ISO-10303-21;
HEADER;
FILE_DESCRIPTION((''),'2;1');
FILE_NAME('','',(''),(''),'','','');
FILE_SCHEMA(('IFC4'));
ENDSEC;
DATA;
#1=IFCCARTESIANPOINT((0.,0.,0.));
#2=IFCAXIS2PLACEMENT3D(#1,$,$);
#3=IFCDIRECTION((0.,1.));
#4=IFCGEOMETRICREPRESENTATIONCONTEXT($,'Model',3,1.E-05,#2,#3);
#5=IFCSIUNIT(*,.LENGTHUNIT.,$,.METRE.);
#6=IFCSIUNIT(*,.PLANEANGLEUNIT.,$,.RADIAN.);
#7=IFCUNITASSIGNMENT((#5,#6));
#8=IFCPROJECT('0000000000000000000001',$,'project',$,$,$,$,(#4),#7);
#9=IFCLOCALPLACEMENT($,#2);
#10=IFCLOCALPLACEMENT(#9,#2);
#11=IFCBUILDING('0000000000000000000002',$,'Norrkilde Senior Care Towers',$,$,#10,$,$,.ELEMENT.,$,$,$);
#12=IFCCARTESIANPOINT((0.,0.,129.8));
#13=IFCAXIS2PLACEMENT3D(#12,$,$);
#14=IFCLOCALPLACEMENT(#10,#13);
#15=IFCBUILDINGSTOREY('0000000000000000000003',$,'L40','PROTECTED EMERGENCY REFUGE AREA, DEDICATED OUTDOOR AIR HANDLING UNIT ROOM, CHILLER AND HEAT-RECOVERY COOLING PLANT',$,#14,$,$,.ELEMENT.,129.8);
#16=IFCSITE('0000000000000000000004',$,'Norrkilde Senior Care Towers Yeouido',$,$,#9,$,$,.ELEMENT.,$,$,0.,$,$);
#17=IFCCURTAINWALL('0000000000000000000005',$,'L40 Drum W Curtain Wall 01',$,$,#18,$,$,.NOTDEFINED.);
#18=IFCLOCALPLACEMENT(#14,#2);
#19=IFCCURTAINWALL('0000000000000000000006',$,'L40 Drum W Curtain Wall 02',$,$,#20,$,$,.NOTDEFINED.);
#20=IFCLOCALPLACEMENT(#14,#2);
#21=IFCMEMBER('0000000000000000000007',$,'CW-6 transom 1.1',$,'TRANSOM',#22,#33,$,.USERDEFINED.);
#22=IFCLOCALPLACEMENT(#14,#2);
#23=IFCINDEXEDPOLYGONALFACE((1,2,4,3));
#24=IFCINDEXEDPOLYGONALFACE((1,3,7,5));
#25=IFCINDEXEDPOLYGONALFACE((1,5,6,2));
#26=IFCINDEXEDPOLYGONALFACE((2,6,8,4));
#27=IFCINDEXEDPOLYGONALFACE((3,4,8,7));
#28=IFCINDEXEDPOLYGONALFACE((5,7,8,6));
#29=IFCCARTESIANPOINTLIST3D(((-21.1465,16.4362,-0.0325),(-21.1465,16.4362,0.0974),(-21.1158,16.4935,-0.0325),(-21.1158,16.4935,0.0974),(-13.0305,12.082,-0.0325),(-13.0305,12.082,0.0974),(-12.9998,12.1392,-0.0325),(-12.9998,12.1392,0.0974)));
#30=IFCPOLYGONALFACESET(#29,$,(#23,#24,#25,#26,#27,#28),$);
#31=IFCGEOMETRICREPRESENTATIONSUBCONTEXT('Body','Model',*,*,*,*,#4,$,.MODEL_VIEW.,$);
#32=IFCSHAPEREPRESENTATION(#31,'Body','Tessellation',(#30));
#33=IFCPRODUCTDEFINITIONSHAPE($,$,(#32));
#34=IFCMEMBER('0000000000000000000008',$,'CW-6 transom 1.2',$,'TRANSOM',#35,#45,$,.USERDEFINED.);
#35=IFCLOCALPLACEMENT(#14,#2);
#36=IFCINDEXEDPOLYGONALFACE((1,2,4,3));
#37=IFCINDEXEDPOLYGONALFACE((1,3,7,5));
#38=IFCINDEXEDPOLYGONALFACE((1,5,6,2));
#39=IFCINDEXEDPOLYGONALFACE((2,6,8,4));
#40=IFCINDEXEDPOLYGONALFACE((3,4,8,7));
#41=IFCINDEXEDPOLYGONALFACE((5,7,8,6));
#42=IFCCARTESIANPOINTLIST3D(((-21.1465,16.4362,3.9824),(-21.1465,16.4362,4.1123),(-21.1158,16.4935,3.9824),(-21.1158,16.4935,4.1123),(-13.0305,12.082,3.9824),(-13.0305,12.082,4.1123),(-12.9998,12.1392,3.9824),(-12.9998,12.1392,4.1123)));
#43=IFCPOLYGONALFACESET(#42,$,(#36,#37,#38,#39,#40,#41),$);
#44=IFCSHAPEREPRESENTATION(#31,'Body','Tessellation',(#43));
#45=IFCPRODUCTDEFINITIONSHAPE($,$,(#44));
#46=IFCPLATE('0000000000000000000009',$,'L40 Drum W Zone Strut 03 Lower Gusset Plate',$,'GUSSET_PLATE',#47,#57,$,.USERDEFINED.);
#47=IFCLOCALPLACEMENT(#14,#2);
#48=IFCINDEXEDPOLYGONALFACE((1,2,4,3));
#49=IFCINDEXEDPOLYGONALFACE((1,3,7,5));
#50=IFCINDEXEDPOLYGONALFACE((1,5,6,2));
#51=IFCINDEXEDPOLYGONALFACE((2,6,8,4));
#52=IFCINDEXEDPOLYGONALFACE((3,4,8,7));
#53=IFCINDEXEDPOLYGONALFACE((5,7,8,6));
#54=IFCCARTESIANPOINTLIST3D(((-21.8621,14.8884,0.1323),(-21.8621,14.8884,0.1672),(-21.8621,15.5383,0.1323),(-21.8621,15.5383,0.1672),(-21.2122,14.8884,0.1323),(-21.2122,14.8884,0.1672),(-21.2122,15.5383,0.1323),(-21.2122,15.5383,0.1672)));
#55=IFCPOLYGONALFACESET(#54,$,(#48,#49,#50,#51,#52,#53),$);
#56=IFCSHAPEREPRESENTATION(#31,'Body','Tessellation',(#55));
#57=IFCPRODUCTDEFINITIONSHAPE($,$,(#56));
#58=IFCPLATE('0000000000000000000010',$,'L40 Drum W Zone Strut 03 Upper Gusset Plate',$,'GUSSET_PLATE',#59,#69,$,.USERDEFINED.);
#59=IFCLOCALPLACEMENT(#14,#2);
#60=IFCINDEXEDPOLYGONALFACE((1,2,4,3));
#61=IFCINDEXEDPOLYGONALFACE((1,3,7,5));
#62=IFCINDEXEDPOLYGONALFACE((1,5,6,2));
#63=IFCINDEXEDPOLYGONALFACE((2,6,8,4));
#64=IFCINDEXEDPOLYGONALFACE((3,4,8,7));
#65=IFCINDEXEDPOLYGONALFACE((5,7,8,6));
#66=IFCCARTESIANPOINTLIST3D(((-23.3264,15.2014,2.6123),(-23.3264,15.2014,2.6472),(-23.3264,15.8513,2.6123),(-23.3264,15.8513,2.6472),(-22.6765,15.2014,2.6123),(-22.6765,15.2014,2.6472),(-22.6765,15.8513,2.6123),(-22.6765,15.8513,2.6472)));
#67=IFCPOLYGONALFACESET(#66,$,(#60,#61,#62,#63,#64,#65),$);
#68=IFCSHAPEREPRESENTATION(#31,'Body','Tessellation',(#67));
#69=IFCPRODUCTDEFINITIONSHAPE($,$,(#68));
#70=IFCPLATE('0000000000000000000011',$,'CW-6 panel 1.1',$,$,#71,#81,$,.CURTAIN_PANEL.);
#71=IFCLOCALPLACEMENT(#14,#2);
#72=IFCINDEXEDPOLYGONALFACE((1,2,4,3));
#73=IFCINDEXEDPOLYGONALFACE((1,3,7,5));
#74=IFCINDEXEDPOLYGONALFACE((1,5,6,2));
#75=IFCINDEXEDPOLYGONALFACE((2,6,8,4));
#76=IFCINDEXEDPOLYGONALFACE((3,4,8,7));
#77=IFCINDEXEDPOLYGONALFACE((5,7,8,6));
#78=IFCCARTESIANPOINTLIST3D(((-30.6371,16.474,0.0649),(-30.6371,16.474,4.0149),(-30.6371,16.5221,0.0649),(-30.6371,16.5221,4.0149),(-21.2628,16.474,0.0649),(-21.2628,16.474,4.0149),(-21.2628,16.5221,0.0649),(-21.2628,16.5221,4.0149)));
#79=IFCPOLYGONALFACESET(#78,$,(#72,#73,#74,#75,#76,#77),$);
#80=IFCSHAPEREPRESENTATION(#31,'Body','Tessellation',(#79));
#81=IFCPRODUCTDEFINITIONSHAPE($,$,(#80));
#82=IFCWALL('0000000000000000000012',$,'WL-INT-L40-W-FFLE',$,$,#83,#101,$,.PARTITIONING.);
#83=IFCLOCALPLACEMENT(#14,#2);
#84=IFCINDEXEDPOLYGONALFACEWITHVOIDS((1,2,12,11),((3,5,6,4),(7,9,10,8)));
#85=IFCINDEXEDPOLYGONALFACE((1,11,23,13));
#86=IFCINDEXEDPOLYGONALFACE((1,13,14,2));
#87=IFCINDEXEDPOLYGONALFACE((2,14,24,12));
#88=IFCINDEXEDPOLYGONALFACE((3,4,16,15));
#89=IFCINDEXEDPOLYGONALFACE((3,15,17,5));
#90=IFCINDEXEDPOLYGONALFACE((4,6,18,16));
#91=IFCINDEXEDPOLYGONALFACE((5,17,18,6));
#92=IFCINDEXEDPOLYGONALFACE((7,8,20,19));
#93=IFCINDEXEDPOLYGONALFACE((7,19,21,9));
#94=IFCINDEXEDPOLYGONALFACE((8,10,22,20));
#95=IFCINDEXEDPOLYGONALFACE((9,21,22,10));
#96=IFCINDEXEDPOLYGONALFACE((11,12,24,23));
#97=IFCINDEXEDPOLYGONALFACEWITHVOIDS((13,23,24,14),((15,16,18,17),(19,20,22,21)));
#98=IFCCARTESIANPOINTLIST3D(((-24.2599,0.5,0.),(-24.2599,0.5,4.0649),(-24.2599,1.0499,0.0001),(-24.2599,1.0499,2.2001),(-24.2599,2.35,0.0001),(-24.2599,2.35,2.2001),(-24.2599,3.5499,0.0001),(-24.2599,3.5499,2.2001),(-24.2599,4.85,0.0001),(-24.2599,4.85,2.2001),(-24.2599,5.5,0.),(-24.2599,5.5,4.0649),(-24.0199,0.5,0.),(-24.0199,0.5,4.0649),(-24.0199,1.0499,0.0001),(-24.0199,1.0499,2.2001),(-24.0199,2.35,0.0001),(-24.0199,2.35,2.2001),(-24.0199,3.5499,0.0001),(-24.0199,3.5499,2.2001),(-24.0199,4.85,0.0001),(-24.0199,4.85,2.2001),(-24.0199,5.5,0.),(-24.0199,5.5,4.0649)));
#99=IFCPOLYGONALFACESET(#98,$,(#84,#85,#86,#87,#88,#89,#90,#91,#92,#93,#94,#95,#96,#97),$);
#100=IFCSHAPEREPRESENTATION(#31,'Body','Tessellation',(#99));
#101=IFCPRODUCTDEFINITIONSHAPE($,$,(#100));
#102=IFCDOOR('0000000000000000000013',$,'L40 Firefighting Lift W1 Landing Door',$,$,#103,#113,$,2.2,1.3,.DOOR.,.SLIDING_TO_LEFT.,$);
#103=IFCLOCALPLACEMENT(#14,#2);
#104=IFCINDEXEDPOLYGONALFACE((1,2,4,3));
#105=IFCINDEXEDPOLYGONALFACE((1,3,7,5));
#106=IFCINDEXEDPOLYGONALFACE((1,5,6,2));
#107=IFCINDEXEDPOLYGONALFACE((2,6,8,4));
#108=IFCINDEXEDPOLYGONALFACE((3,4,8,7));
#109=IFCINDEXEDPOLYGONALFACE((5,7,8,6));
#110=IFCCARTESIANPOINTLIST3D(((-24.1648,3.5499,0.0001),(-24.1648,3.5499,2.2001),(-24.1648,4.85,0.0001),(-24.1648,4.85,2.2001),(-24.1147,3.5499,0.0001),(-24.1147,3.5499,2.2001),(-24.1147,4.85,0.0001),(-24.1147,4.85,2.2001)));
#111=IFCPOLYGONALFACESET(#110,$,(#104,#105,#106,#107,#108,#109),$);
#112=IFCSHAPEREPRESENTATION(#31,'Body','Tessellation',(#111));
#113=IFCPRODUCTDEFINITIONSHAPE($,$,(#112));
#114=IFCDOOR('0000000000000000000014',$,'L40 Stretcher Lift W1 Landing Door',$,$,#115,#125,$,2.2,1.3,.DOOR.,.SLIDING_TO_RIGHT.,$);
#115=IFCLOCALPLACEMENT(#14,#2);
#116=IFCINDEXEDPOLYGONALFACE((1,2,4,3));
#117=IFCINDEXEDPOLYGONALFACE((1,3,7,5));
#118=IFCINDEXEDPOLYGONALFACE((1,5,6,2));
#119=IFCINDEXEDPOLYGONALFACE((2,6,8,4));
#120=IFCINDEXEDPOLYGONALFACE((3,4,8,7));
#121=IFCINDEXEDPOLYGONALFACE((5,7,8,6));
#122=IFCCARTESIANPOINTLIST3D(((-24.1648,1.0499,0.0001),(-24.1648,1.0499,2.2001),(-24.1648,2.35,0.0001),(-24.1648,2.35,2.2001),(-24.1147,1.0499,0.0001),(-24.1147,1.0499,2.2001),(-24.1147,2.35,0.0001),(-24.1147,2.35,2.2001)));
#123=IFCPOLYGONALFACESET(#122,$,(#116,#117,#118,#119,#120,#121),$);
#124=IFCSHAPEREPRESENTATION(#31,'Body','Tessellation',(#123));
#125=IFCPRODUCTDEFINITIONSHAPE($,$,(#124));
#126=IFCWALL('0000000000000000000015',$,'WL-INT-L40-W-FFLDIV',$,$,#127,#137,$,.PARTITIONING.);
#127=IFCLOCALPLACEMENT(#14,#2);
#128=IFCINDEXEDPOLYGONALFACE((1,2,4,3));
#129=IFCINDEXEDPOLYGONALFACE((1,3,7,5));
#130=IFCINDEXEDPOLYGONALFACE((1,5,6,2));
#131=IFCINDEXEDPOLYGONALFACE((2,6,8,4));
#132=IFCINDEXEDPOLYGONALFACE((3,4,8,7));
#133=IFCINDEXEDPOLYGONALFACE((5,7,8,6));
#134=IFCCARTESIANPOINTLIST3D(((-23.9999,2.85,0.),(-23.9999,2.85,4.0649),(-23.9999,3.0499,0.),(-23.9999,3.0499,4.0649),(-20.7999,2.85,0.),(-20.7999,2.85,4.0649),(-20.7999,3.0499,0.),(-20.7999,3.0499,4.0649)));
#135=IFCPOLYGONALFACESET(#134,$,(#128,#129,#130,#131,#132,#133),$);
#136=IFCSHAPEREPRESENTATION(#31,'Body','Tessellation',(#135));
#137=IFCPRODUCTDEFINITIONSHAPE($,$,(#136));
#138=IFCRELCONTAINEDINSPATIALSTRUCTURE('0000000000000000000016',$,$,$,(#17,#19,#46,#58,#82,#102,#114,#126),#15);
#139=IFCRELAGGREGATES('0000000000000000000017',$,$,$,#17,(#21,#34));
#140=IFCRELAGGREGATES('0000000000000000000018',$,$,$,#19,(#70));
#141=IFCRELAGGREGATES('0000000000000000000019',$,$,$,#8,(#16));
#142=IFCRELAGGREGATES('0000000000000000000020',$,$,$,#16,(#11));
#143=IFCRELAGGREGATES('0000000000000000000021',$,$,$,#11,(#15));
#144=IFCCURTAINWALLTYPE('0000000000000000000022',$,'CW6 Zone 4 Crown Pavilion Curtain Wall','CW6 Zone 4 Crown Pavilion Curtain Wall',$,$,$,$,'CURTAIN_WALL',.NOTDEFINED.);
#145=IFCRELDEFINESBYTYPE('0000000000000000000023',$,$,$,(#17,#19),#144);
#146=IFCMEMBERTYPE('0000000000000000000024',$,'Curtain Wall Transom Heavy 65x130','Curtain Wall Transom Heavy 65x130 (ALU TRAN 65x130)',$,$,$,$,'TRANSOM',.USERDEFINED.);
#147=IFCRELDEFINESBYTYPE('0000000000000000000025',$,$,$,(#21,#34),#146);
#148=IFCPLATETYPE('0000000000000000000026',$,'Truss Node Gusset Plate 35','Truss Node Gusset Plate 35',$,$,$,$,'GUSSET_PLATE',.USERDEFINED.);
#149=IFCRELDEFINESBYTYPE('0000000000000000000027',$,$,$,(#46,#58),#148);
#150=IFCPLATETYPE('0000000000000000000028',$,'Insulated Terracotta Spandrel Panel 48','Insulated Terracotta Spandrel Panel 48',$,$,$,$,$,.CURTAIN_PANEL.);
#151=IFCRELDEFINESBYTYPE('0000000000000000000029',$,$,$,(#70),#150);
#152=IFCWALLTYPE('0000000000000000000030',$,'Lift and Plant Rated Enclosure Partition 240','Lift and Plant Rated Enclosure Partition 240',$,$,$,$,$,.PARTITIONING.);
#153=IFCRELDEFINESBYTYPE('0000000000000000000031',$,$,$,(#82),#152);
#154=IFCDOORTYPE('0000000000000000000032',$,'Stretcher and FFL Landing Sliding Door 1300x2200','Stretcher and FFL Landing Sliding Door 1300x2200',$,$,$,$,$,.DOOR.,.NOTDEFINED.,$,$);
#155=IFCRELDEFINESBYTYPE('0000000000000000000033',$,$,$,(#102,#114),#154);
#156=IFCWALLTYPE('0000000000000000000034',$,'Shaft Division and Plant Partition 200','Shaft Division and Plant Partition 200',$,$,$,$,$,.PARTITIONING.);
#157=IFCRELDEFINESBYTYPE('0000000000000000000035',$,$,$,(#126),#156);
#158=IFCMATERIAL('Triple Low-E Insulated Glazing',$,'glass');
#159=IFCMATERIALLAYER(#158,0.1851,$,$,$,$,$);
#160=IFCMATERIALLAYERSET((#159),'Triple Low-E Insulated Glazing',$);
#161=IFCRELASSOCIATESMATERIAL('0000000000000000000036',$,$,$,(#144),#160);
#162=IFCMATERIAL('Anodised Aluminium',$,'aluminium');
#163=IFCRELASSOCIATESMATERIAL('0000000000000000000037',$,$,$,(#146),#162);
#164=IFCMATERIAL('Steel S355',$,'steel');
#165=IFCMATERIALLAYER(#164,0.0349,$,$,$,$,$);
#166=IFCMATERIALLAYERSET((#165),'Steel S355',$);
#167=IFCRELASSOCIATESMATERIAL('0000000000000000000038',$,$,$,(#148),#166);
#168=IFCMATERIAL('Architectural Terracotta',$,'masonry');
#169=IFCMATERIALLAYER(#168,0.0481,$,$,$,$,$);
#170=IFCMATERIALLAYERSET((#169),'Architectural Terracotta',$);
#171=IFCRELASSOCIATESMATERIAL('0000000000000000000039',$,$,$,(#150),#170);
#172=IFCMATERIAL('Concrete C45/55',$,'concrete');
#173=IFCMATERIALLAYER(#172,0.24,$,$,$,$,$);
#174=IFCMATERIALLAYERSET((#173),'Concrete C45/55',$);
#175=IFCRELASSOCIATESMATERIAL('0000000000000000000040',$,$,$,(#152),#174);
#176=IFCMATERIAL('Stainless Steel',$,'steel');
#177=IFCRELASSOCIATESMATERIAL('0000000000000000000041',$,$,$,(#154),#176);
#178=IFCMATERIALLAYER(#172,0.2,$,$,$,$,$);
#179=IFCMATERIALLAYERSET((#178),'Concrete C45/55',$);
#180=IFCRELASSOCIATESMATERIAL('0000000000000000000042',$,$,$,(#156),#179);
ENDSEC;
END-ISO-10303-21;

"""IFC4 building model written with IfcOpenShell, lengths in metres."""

from ifc_helpers import new_model, si_unit, direction, frame, frame_2d, origin, origin_2d, place, context, subcontext, project, spatial, rectangle, extrude, source, transform, mapped, material, layer, layer_set, material_profile, profile_set, type_object, type_shapes, element, fill, aggregate, save


model = new_model("IFC4")

# Units and contexts
model_context = context("Model", 3, precision=1e-05, world=origin(), true_north=direction((0.0, 1.0)))
body_context = subcontext(model_context, "Body", "Model", "MODEL_VIEW")
ifc_project = project(units=[si_unit("LENGTHUNIT", "METRE"), si_unit("PLANEANGLEUNIT", "RADIAN")], contexts=[model_context])

# Site, building, storey
site_placement = place(None, origin())
site = spatial("IfcSite", under=ifc_project, at=site_placement, Name="Norrkilde Senior Care Towers Yeouido", CompositionType="ELEMENT", RefElevation=0.0)
building_placement = place(site_placement, origin())
building = spatial("IfcBuilding", under=site, at=building_placement, Name="Norrkilde Senior Care Towers", CompositionType="ELEMENT")
storey_placement = place(building_placement, frame((0.0, 0.0, 129.8)))
storey = spatial("IfcBuildingStorey", under=building, at=storey_placement, Name="L40", Description="PROTECTED EMERGENCY REFUGE AREA, DEDICATED OUTDOOR AIR HANDLING UNIT ROOM, CHILLER AND HEAT-RECOVERY COOLING PLANT", CompositionType="ELEMENT", Elevation=129.8)

# Shared definitions
ifc_material_1 = material(Name="Steel S355", Category="steel")

# Curtain walls
ifc_material_2 = material(Name="Triple Low-E Insulated Glazing", Category="glass")
ifc_layer_1 = layer(ifc_material_2, 0.1851)
ifc_layer_set_1 = layer_set([ifc_layer_1], Name="Triple Low-E Insulated Glazing")
curtain_wall_type = type_object("IfcCurtainWallType", Name="CW6 Zone 4 Crown Pavilion Curtain Wall", Description="CW6 Zone 4 Crown Pavilion Curtain Wall", ElementType="CURTAIN_WALL", PredefinedType="NOTDEFINED", material=ifc_layer_set_1)
curtain_wall_1_placement = place(storey_placement, origin())
curtain_wall_1 = element("IfcCurtainWall", 1, at=curtain_wall_1_placement, inside=storey, type_object=curtain_wall_type, Name="L40 Drum W Curtain Wall 01", PredefinedType="NOTDEFINED")
ifc_material_3 = material(Name="Anodised Aluminium", Category="aluminium")
curtain_wall_2_placement = place(storey_placement, origin())
curtain_wall_2 = element("IfcCurtainWall", 2, at=curtain_wall_2_placement, inside=storey, type_object=curtain_wall_type, Name="L40 Drum W Curtain Wall 02", PredefinedType="NOTDEFINED")

# Members
ifc_material_profile_1 = material_profile(ifc_material_3, rectangle(XDim=0.0649, YDim=0.1299, at=origin_2d()), Name="ALU TRAN 65x130")
ifc_profile_set_1 = profile_set([ifc_material_profile_1], Name="Anodised Aluminium")
member_type_1 = type_object("IfcMemberType", Name="Curtain Wall Transom Heavy 65x130", Description="Curtain Wall Transom Heavy 65x130 (ALU TRAN 65x130)", ElementType="TRANSOM", PredefinedType="USERDEFINED", material=ifc_profile_set_1)
shared_shape_1 = source(origin(), body_context, "Body", "SweptSolid", [
    extrude(rectangle(XDim=0.0649, YDim=0.1299, at=origin_2d()), origin(), (0.0, 0.0, 1.0), 9.2102),
])
type_shapes(member_type_1, [shared_shape_1])
member_1_placement = place(storey_placement, frame((-21.1311, 16.4648, 0.0325), z_axis=(0.88119, -0.472762, 0.0), x_axis=(0.472762, 0.88119, 0.0)))
member_1 = element("IfcMember", 3, at=member_1_placement, type_object=member_type_1, Name="CW-6 transom 1.1", ObjectType="TRANSOM", PredefinedType="USERDEFINED", context=body_context, shape_type="MappedRepresentation", body=[
    mapped(shared_shape_1, transform((0.0, 0.0, 0.0), x_axis=(1.0, 0.0, 0.0), y_axis=(0.0, 1.0, 0.0), z_axis=(0.0, 0.0, 1.0), scale=1.0)),
])
member_2_placement = place(storey_placement, frame((-21.1311, 16.4648, 4.0474), z_axis=(0.88119, -0.472762, 0.0), x_axis=(0.472762, 0.88119, 0.0)))
member_2 = element("IfcMember", 4, at=member_2_placement, type_object=member_type_1, Name="CW-6 transom 1.2", ObjectType="TRANSOM", PredefinedType="USERDEFINED", context=body_context, shape_type="MappedRepresentation", body=[
    mapped(shared_shape_1, transform((0.0, 0.0, 0.0), x_axis=(1.0, 0.0, 0.0), y_axis=(0.0, 1.0, 0.0), z_axis=(0.0, 0.0, 1.0), scale=1.0)),
])
aggregate(curtain_wall_1, [member_1, member_2])

# Plates
ifc_layer_2 = layer(ifc_material_1, 0.0349)
ifc_layer_set_2 = layer_set([ifc_layer_2], Name="Steel S355")
plate_type_1 = type_object("IfcPlateType", Name="Truss Node Gusset Plate 35", Description="Truss Node Gusset Plate 35", ElementType="GUSSET_PLATE", PredefinedType="USERDEFINED", material=ifc_layer_set_2)
shared_shape_2 = source(origin(), body_context, "Body", "SweptSolid", [
    extrude(rectangle(XDim=0.6499, YDim=0.6499, at=origin_2d()), origin(), (0.0, 0.0, 1.0), 0.0349),
])
type_shapes(plate_type_1, [shared_shape_2])
for number, where, z_axis, x_axis, name in (
    (5, (-21.5371, 15.2134, 0.1323), (0.0, 0.0, 1.0), (1.0, 0.0, 0.0), "L40 Drum W Zone Strut 03 Lower Gusset Plate"),
    (6, (-23.0015, 15.5264, 2.6123), (0.0, 0.0, 1.0), (1.0, 0.0, 0.0), "L40 Drum W Zone Strut 03 Upper Gusset Plate"),
):
    element("IfcPlate", number, at=place(storey_placement, frame(where, z_axis=z_axis, x_axis=x_axis)), inside=storey, type_object=plate_type_1, Name=name, ObjectType="GUSSET_PLATE", PredefinedType="USERDEFINED", context=body_context, shape_type="MappedRepresentation", body=[
        mapped(shared_shape_2, transform((0.0, 0.0, 0.0), x_axis=(1.0, 0.0, 0.0), y_axis=(0.0, 1.0, 0.0), z_axis=(0.0, 0.0, 1.0), scale=1.0)),
    ])

# Plate
ifc_material_4 = material(Name="Architectural Terracotta", Category="masonry")
ifc_layer_3 = layer(ifc_material_4, 0.0481)
ifc_layer_set_3 = layer_set([ifc_layer_3], Name="Architectural Terracotta")
plate_type_2 = type_object("IfcPlateType", Name="Insulated Terracotta Spandrel Panel 48", Description="Insulated Terracotta Spandrel Panel 48", PredefinedType="CURTAIN_PANEL", material=ifc_layer_set_3)
shared_shape_3 = source(origin(), body_context, "Body", "SweptSolid", [
    extrude(rectangle(XDim=9.3743, YDim=0.0481, at=origin_2d()), origin(), (0.0, 0.0, 1.0), 3.95),
])
type_shapes(plate_type_2, [shared_shape_3])
plate_placement = place(storey_placement, frame((-25.95, 16.498, 0.0649), z_axis=(0.0, 0.0, 1.0), x_axis=(1.0, 0.0, 0.0)))
plate = element("IfcPlate", 7, at=plate_placement, type_object=plate_type_2, Name="CW-6 panel 1.1", PredefinedType="CURTAIN_PANEL", context=body_context, shape_type="MappedRepresentation", body=[
    mapped(shared_shape_3, transform((0.0, 0.0, 0.0), x_axis=(1.0, 0.0, 0.0), y_axis=(0.0, 1.0, 0.0), z_axis=(0.0, 0.0, 1.0), scale=1.0)),
])
aggregate(curtain_wall_2, [plate])

# Wall, openings, doors
ifc_material_5 = material(Name="Concrete C45/55", Category="concrete")
ifc_layer_4 = layer(ifc_material_5, 0.24)
ifc_layer_set_4 = layer_set([ifc_layer_4], Name="Concrete C45/55")
wall_type_1 = type_object("IfcWallType", Name="Lift and Plant Rated Enclosure Partition 240", Description="Lift and Plant Rated Enclosure Partition 240", PredefinedType="PARTITIONING", material=ifc_layer_set_4)
shared_shape_4 = source(origin(), body_context, "Body", "SweptSolid", [
    extrude(rectangle(XDim=5.0, YDim=0.24, at=frame_2d((2.5, 0.0))), origin(), (0.0, 0.0, 1.0), 4.0649),
])
type_shapes(wall_type_1, [shared_shape_4])
wall_1_placement = place(storey_placement, frame((-24.1399, 0.5, 0.0), z_axis=(0.0, 0.0, 1.0), x_axis=(0.0, 1.0, 0.0)))
wall_1 = element("IfcWall", 8, at=wall_1_placement, inside=storey, type_object=wall_type_1, Name="WL-INT-L40-W-FFLE", PredefinedType="PARTITIONING", context=body_context, shape_type="MappedRepresentation", body=[
    mapped(shared_shape_4, transform((0.0, 0.0, 0.0), x_axis=(1.0, 0.0, 0.0), y_axis=(0.0, 1.0, 0.0), z_axis=(0.0, 0.0, 1.0), scale=1.0)),
])
opening_1_placement = place(wall_1_placement, frame((3.05, 0.0, 0.0)))
opening_1 = element("IfcOpeningElement", 9, at=opening_1_placement, cuts=wall_1, PredefinedType="OPENING", context=body_context, shape_type="SweptSolid", body=[
    extrude(rectangle(XDim=1.3, YDim=2.2, at=frame_2d((0.6499, 1.1001))), frame((0.0, 0.1299, 0.0), z_axis=(0.0, -1.0, 0.0), x_axis=(1.0, 0.0, 0.0)), (0.0, 0.0, 1.0), 0.26),
])
opening_2_placement = place(wall_1_placement, frame((0.55, 0.0, 0.0)))
opening_2 = element("IfcOpeningElement", 10, at=opening_2_placement, cuts=wall_1, PredefinedType="OPENING", context=body_context, shape_type="SweptSolid", body=[
    extrude(rectangle(XDim=1.3, YDim=2.2, at=frame_2d((0.6499, 1.1001))), frame((0.0, 0.1299, 0.0), z_axis=(0.0, -1.0, 0.0), x_axis=(1.0, 0.0, 0.0)), (0.0, 0.0, 1.0), 0.26),
])
ifc_material_6 = material(Name="Stainless Steel", Category="steel")
door_type_1 = type_object("IfcDoorType", Name="Stretcher and FFL Landing Sliding Door 1300x2200", Description="Stretcher and FFL Landing Sliding Door 1300x2200", OperationType="NOTDEFINED", PredefinedType="DOOR", material=ifc_material_6)
shared_shape_5 = source(origin(), body_context, "Body", "SweptSolid", [
    extrude(rectangle(XDim=1.3, YDim=2.2, at=frame_2d((0.6499, 1.1001))), frame((0.0, 0.0249, 0.0), z_axis=(0.0, -1.0, 0.0), x_axis=(1.0, 0.0, 0.0)), (0.0, 0.0, 1.0), 0.05),
])
type_shapes(door_type_1, [shared_shape_5])
door_1_placement = place(opening_1_placement, origin())
door_1 = element("IfcDoor", 11, at=door_1_placement, inside=storey, type_object=door_type_1, Name="L40 Firefighting Lift W1 Landing Door", OperationType="SLIDING_TO_LEFT", OverallHeight=2.2, OverallWidth=1.3, PredefinedType="DOOR", context=body_context, shape_type="MappedRepresentation", body=[
    mapped(shared_shape_5, transform((0.0, 0.0, 0.0), x_axis=(1.0, 0.0, 0.0), y_axis=(0.0, 1.0, 0.0), z_axis=(0.0, 0.0, 1.0), scale=1.0)),
])
fill(opening_1, door_1)
door_2_placement = place(opening_2_placement, origin())
door_2 = element("IfcDoor", 12, at=door_2_placement, inside=storey, type_object=door_type_1, Name="L40 Stretcher Lift W1 Landing Door", OperationType="SLIDING_TO_RIGHT", OverallHeight=2.2, OverallWidth=1.3, PredefinedType="DOOR", context=body_context, shape_type="MappedRepresentation", body=[
    mapped(shared_shape_5, transform((0.0, 0.0, 0.0), x_axis=(1.0, 0.0, 0.0), y_axis=(0.0, 1.0, 0.0), z_axis=(0.0, 0.0, 1.0), scale=1.0)),
])
fill(opening_2, door_2)

# Wall
ifc_layer_5 = layer(ifc_material_5, 0.2)
ifc_layer_set_5 = layer_set([ifc_layer_5], Name="Concrete C45/55")
wall_type_2 = type_object("IfcWallType", Name="Shaft Division and Plant Partition 200", Description="Shaft Division and Plant Partition 200", PredefinedType="PARTITIONING", material=ifc_layer_set_5)
shared_shape_6 = source(origin(), body_context, "Body", "SweptSolid", [
    extrude(rectangle(XDim=3.2, YDim=0.2, at=frame_2d((1.6001, 0.0))), origin(), (0.0, 0.0, 1.0), 4.0649),
])
wall_2_placement = place(storey_placement, frame((-24.0, 2.95, 0.0), z_axis=(0.0, 0.0, 1.0), x_axis=(1.0, 0.0, 0.0)))
element("IfcWall", 13, at=wall_2_placement, inside=storey, type_object=wall_type_2, Name="WL-INT-L40-W-FFLDIV", PredefinedType="PARTITIONING", context=body_context, shape_type="MappedRepresentation", body=[
    mapped(shared_shape_6, transform((0.0, 0.0, 0.0), x_axis=(1.0, 0.0, 0.0), y_axis=(0.0, 1.0, 0.0), z_axis=(0.0, 0.0, 1.0), scale=1.0)),
])

save(model, "model.ifc")
